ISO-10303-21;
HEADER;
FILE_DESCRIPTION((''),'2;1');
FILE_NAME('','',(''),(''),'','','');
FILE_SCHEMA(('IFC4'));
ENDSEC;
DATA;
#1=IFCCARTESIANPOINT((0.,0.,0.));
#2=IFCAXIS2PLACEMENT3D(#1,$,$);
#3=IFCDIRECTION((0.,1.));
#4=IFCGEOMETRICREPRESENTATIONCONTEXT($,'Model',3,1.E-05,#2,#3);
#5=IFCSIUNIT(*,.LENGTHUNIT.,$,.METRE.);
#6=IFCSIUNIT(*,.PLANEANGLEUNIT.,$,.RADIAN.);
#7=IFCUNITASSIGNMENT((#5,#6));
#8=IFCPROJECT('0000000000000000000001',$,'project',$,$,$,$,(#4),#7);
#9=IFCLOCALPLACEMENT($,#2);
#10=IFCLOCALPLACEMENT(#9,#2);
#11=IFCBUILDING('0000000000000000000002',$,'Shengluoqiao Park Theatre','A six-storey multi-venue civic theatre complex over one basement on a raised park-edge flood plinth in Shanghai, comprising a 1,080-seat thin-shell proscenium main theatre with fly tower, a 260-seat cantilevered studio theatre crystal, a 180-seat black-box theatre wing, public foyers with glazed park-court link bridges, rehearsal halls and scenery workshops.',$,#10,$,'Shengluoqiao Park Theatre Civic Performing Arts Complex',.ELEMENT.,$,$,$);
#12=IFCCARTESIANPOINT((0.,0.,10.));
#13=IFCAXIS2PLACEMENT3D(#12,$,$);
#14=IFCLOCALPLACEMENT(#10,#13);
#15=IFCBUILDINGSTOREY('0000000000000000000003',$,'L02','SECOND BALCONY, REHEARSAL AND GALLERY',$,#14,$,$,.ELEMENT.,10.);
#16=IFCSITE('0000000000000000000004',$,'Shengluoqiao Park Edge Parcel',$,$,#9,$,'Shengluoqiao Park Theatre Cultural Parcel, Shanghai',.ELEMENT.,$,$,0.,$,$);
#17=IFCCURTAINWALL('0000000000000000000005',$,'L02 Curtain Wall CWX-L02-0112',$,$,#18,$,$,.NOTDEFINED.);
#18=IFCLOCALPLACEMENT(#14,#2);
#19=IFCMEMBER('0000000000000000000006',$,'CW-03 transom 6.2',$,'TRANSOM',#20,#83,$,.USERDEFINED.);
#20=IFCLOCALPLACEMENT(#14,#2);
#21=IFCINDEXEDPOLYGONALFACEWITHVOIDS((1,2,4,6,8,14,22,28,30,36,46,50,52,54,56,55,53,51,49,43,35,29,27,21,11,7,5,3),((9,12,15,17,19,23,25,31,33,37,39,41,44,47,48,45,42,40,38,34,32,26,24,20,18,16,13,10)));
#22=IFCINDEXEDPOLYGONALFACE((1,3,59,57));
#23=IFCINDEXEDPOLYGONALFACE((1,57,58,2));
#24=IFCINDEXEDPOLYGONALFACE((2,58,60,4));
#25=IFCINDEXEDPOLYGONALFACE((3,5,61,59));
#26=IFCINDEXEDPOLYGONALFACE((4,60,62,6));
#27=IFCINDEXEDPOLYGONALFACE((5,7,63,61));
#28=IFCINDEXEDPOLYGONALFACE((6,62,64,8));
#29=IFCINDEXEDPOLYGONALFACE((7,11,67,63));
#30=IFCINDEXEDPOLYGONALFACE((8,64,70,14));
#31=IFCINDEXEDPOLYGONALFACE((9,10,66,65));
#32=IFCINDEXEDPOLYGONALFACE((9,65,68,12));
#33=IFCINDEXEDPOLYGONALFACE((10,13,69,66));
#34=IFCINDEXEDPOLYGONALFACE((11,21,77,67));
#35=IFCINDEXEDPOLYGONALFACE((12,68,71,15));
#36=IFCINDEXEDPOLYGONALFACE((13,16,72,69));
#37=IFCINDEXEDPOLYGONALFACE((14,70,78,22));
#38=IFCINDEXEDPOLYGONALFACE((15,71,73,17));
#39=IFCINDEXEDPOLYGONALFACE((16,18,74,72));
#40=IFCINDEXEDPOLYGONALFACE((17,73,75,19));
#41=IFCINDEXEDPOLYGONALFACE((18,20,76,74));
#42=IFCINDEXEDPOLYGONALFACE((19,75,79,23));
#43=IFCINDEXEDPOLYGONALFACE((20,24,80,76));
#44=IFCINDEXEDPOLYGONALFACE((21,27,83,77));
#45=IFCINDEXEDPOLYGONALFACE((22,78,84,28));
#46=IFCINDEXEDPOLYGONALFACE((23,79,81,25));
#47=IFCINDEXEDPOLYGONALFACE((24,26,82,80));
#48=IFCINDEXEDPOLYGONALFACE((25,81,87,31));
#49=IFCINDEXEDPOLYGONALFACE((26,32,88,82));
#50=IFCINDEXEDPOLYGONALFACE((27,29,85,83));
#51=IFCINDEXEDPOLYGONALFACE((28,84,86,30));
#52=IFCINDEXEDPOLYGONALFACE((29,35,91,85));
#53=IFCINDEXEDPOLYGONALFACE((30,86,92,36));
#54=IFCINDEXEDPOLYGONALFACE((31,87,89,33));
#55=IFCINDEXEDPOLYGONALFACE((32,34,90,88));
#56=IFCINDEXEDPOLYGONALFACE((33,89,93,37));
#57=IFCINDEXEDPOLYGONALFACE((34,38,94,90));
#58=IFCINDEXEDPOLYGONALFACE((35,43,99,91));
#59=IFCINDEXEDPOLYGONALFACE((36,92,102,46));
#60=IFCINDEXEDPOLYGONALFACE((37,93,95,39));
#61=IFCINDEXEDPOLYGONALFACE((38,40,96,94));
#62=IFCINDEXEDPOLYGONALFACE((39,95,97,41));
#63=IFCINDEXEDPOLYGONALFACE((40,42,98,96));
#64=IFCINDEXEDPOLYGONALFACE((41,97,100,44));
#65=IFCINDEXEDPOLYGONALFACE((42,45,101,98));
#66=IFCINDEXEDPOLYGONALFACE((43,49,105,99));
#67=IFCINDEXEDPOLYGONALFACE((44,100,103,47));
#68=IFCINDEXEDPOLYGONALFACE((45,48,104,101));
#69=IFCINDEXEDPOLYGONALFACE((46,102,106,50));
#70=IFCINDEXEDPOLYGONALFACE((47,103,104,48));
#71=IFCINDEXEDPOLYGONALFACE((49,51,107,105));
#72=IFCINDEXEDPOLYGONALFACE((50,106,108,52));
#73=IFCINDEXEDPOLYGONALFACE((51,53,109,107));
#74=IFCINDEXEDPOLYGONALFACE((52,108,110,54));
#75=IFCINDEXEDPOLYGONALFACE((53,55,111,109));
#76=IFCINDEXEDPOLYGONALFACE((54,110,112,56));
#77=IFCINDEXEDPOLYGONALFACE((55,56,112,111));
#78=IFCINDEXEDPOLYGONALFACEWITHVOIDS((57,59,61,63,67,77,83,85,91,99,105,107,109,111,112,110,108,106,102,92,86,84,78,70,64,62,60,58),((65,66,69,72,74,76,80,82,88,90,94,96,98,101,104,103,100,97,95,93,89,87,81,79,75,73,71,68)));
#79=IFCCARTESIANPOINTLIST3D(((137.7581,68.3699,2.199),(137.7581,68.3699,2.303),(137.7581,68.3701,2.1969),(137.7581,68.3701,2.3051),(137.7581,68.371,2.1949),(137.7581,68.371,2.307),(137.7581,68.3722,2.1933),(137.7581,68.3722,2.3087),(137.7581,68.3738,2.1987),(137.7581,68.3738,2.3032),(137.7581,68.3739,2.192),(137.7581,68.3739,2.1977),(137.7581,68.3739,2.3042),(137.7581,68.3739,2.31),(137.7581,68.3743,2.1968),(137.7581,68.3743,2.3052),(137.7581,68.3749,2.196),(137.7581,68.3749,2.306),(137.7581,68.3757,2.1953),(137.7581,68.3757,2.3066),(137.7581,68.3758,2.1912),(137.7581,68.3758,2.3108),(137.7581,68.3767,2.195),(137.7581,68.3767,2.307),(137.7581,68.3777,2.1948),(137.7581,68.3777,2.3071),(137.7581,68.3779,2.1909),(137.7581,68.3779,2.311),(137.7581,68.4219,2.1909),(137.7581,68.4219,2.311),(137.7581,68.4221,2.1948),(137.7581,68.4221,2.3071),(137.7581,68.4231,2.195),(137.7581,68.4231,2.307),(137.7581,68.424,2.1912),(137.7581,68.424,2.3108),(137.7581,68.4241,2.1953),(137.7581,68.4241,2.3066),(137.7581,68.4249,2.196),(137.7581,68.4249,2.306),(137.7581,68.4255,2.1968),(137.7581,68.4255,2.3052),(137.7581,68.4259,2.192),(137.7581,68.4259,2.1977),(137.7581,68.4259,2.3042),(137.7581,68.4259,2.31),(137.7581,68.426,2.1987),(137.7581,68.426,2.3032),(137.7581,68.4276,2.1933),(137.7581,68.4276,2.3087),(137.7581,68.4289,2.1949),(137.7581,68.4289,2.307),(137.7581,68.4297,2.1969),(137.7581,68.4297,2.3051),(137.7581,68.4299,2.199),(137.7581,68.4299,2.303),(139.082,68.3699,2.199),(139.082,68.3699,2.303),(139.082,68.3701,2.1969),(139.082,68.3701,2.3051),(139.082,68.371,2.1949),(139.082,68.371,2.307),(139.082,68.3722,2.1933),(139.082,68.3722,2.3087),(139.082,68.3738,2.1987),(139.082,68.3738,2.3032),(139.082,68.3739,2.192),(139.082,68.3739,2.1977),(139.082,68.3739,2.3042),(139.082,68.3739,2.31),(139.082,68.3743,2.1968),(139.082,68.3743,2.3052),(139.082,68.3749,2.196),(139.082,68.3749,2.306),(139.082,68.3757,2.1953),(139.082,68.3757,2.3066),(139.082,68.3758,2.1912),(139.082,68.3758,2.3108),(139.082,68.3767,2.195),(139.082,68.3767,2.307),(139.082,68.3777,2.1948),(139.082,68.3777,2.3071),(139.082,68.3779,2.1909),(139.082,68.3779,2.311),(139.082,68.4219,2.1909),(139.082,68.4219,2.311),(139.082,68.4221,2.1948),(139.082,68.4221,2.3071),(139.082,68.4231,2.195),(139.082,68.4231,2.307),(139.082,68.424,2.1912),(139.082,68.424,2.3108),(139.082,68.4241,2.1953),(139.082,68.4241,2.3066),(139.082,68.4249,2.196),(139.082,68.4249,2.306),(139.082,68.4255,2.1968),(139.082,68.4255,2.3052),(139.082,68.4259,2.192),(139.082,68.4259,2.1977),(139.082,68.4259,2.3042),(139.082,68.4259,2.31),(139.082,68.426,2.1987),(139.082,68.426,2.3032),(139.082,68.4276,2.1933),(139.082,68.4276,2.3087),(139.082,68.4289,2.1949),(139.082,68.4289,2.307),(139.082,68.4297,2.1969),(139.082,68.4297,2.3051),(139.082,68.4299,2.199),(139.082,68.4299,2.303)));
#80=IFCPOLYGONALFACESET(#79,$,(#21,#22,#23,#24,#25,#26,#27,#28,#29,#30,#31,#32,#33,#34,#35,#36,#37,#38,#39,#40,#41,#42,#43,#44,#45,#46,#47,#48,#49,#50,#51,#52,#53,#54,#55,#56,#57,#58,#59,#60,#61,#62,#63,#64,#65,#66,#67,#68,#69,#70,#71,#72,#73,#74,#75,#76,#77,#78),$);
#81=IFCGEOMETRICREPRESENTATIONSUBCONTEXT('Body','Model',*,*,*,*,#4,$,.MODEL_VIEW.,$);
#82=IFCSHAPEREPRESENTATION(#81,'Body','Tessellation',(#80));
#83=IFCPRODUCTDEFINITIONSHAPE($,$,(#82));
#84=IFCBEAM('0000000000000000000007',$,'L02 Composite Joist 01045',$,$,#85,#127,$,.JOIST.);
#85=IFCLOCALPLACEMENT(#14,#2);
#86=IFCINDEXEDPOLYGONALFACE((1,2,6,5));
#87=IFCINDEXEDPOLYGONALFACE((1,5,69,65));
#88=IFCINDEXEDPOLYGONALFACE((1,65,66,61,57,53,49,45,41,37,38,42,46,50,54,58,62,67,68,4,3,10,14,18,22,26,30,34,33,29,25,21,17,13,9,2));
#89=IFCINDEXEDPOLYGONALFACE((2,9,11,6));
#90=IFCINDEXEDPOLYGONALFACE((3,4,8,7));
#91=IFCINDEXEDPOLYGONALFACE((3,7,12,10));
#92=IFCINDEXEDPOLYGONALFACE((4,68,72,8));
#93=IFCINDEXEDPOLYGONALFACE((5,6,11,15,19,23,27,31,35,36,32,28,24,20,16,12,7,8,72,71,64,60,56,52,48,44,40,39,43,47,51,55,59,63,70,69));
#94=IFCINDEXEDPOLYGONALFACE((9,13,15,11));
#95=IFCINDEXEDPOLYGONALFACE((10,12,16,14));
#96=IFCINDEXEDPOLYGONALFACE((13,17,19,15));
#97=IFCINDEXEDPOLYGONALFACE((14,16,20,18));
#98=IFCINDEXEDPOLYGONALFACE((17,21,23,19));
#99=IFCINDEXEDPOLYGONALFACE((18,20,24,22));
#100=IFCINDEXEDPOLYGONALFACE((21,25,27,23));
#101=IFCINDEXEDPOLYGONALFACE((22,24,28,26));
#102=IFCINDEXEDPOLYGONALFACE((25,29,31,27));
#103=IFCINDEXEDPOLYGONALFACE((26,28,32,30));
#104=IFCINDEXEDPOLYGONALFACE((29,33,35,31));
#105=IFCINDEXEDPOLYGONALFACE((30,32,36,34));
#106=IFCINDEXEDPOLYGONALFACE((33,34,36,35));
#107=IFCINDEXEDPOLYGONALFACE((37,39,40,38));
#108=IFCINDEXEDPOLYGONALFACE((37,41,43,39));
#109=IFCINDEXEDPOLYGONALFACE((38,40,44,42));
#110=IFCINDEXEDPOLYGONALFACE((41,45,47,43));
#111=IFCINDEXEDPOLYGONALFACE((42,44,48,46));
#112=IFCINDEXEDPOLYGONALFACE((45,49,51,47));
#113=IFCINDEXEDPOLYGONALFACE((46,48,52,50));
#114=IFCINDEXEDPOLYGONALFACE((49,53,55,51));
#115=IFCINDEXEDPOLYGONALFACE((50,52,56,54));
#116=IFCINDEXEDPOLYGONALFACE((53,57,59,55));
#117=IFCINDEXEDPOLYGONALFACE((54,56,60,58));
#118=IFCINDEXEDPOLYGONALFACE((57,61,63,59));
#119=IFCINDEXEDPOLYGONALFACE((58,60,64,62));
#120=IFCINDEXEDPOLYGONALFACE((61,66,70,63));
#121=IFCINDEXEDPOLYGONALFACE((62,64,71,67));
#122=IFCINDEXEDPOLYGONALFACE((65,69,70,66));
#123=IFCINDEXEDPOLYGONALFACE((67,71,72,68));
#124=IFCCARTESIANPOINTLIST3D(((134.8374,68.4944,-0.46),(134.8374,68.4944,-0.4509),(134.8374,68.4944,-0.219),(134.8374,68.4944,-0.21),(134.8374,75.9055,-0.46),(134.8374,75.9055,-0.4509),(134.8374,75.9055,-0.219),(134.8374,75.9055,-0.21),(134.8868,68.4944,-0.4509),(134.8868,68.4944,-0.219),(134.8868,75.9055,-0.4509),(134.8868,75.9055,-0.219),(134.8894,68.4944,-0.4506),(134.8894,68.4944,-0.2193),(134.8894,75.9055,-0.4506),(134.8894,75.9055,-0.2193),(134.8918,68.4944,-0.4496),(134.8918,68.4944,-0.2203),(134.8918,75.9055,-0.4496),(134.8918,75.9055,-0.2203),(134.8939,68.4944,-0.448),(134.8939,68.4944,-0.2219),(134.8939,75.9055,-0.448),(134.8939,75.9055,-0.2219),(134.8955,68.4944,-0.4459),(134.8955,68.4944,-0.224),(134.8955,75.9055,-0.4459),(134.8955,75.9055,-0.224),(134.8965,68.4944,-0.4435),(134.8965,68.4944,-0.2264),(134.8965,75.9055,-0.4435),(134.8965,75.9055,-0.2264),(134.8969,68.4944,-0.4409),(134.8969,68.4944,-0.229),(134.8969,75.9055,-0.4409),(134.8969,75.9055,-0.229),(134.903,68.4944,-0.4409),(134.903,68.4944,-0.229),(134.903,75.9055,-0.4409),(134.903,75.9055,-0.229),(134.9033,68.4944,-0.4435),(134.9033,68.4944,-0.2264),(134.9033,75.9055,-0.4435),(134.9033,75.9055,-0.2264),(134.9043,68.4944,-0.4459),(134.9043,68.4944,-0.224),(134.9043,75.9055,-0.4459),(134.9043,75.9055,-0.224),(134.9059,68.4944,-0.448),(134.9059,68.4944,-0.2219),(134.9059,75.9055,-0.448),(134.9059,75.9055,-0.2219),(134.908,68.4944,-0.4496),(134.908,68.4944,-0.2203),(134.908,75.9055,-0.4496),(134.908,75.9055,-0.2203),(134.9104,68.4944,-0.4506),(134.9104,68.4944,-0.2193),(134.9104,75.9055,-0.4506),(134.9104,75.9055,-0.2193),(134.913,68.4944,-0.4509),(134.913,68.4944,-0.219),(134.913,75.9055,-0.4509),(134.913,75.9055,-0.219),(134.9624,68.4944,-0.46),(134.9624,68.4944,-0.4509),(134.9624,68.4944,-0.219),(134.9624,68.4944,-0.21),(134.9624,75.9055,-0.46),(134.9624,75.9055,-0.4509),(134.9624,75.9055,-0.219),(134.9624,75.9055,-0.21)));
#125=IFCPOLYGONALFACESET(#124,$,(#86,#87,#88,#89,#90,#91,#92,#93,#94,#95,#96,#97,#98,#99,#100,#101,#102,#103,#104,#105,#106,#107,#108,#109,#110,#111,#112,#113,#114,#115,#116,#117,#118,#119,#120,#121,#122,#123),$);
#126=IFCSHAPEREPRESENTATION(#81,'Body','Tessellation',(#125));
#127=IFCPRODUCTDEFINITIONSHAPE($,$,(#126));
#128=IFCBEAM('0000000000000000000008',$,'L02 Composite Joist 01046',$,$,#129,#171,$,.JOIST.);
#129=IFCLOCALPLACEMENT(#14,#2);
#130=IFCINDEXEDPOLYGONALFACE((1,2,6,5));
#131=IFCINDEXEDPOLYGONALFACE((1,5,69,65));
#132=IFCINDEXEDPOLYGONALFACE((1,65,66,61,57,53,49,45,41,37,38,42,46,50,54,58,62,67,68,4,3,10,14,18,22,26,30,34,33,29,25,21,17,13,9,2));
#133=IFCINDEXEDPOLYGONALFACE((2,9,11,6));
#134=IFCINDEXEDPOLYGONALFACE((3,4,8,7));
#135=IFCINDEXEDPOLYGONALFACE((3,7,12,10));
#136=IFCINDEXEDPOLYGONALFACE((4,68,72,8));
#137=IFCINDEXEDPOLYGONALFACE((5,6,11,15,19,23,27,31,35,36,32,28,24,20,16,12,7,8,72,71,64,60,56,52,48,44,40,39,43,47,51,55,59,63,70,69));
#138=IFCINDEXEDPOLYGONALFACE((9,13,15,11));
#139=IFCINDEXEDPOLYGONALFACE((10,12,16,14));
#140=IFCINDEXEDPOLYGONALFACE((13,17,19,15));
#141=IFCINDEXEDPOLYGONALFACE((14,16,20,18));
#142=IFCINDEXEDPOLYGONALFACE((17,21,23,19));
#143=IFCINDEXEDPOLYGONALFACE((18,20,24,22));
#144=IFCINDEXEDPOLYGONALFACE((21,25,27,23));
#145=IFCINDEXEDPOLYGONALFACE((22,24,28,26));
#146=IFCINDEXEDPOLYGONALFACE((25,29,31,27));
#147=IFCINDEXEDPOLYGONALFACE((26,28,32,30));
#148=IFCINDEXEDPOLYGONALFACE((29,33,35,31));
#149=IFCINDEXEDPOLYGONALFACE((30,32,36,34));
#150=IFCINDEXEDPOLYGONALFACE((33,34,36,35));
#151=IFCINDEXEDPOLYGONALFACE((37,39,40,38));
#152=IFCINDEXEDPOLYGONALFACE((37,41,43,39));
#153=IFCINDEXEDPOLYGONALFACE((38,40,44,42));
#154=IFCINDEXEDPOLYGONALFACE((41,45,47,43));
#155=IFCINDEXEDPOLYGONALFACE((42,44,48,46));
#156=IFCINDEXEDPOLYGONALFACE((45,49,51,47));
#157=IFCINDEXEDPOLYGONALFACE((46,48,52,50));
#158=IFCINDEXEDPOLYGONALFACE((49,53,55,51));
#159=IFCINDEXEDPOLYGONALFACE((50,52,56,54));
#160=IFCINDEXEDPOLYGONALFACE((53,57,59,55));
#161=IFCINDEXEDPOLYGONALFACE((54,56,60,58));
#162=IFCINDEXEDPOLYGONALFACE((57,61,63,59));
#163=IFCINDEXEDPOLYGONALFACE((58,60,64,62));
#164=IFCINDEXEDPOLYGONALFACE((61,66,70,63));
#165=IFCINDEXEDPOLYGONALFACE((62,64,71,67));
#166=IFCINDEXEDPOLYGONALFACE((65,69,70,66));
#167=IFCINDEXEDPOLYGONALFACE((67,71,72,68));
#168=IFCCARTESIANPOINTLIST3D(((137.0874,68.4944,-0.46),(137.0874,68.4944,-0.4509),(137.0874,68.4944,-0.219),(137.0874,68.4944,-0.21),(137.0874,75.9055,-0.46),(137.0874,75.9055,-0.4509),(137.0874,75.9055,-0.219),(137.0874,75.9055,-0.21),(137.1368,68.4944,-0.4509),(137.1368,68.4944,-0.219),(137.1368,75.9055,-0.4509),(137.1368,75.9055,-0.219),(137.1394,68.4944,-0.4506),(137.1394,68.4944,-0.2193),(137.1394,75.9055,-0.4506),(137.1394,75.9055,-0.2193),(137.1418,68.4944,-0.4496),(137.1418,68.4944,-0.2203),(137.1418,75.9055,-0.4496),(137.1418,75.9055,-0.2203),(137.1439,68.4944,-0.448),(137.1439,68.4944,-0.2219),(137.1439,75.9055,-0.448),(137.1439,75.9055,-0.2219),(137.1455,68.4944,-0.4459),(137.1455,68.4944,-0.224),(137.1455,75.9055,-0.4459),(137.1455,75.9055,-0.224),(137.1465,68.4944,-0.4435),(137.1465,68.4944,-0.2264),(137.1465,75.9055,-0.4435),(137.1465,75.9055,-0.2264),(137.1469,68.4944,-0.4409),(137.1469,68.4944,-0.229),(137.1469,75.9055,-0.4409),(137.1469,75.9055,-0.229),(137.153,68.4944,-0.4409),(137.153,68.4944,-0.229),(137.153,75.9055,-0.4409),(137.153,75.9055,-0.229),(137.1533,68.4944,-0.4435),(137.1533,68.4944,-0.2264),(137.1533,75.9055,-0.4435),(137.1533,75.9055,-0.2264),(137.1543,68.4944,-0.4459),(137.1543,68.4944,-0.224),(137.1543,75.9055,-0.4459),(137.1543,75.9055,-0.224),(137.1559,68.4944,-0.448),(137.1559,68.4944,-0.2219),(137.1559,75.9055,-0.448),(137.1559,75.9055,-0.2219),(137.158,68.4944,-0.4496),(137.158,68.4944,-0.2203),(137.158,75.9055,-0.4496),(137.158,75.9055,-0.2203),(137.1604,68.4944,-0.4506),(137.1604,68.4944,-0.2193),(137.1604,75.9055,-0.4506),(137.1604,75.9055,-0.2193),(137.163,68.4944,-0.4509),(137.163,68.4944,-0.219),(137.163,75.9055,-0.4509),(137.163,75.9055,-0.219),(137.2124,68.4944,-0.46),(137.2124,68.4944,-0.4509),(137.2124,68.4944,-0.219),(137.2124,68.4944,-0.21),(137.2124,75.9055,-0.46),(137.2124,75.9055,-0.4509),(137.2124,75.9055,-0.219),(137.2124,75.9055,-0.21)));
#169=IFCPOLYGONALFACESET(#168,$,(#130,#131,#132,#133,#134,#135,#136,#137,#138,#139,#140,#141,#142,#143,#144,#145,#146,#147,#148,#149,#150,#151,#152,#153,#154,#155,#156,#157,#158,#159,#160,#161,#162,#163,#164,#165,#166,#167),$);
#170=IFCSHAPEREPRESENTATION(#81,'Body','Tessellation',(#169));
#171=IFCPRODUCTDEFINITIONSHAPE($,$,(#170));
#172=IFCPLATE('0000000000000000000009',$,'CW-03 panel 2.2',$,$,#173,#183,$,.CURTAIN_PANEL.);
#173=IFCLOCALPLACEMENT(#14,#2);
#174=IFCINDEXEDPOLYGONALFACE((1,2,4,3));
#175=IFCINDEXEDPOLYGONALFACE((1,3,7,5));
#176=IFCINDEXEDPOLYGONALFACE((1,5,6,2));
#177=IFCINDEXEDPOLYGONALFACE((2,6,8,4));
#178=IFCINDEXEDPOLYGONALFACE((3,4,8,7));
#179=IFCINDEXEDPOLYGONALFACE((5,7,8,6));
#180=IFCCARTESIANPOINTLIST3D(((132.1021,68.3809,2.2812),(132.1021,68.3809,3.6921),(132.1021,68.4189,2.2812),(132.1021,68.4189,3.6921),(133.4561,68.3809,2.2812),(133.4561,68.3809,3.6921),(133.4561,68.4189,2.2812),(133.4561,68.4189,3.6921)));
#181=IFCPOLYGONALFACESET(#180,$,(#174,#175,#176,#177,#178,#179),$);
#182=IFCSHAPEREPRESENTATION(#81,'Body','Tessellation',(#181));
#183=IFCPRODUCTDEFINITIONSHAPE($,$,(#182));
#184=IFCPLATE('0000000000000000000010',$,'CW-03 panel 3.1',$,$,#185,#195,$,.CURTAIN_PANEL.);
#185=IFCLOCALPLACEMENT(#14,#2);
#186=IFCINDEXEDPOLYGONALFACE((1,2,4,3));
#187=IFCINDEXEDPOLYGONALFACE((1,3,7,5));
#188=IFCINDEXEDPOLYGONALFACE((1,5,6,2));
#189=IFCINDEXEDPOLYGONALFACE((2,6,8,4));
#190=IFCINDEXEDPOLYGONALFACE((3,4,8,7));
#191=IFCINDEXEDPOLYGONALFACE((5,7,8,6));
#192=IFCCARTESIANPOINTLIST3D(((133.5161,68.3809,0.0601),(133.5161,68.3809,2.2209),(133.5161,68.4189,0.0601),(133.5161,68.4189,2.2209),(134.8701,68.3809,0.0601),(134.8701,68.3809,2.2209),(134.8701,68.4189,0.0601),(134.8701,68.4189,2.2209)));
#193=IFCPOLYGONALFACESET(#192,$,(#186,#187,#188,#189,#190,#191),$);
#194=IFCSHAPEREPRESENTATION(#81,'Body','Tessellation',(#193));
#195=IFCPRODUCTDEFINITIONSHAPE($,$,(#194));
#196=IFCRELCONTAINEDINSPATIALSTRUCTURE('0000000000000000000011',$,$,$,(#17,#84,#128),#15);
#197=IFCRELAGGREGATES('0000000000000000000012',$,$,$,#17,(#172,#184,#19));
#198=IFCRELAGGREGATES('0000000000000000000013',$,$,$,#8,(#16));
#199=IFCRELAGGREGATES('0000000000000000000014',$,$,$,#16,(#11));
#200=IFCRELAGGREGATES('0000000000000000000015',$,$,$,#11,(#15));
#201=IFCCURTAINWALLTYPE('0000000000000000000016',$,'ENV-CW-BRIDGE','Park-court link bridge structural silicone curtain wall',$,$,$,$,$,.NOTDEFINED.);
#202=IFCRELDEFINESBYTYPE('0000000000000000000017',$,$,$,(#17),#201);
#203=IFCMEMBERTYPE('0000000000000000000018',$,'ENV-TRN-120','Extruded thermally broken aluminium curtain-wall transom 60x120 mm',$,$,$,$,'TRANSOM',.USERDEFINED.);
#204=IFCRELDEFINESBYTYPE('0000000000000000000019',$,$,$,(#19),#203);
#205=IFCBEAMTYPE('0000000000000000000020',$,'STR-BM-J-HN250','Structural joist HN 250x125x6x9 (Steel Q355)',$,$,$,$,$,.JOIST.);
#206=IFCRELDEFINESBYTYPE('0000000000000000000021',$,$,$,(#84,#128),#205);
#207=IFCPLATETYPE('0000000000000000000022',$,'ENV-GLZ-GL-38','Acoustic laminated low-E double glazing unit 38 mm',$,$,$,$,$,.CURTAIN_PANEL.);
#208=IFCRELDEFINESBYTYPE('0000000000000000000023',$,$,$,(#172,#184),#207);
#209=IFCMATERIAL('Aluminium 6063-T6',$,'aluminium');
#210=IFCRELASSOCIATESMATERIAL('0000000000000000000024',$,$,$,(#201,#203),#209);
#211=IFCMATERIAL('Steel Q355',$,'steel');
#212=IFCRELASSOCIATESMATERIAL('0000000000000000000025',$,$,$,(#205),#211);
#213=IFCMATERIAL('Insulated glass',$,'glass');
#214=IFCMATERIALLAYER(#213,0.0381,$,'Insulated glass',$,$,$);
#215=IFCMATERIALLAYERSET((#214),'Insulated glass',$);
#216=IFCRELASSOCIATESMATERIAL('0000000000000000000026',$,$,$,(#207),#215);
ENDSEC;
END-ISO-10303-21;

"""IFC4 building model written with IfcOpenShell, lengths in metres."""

from ifc_helpers import new_model, si_unit, direction, frame, origin, origin_2d, place, context, subcontext, project, spatial, rectangle, hollow_rectangle, i_section, extrude, material, layer, layer_set, material_profile, profile_set, type_object, element, aggregate, save


model = new_model("IFC4")

# Units and contexts
model_context = context("Model", 3, precision=1e-05, world=origin(), true_north=direction((0.0, 1.0)))
body_context = subcontext(model_context, "Body", "Model", "MODEL_VIEW")
ifc_project = project(units=[si_unit("LENGTHUNIT", "METRE"), si_unit("PLANEANGLEUNIT", "RADIAN")], contexts=[model_context])

# Site, building, storey
site_placement = place(None, origin())
site = spatial("IfcSite", under=ifc_project, at=site_placement, Name="Shengluoqiao Park Edge Parcel", LongName="Shengluoqiao Park Theatre Cultural Parcel, Shanghai", CompositionType="ELEMENT", RefElevation=0.0)
building_placement = place(site_placement, origin())
building = spatial("IfcBuilding", under=site, at=building_placement, Name="Shengluoqiao Park Theatre", Description="A six-storey multi-venue civic theatre complex over one basement on a raised park-edge flood plinth in Shanghai, comprising a 1,080-seat thin-shell proscenium main theatre with fly tower, a 260-seat cantilevered studio theatre crystal, a 180-seat black-box theatre wing, public foyers with glazed park-court link bridges, rehearsal halls and scenery workshops.", LongName="Shengluoqiao Park Theatre Civic Performing Arts Complex", CompositionType="ELEMENT")
storey_placement = place(building_placement, frame((0.0, 0.0, 10.0)))
storey = spatial("IfcBuildingStorey", under=building, at=storey_placement, Name="L02", Description="SECOND BALCONY, REHEARSAL AND GALLERY", CompositionType="ELEMENT", Elevation=10.0)

# Curtain wall, member
ifc_material_1 = material(Name="Aluminium 6063-T6", Category="aluminium")
curtain_wall_type = type_object("IfcCurtainWallType", Name="ENV-CW-BRIDGE", Description="Park-court link bridge structural silicone curtain wall", PredefinedType="NOTDEFINED", material=ifc_material_1)
curtain_wall_placement = place(storey_placement, origin())
curtain_wall = element("IfcCurtainWall", 1, at=curtain_wall_placement, inside=storey, type_object=curtain_wall_type, Name="L02 Curtain Wall CWX-L02-0112", PredefinedType="NOTDEFINED")
ifc_material_profile_1 = material_profile(ifc_material_1, hollow_rectangle(XDim=0.0601, YDim=0.1201, WallThickness=0.0039, InnerFilletRadius=0.0039, OuterFilletRadius=0.0081, at=origin_2d()), Name="ALU TRANSOM 120x60x4")
ifc_profile_set_1 = profile_set([ifc_material_profile_1], Name="Aluminium 6063-T6")
member_type_1 = type_object("IfcMemberType", Name="ENV-TRN-120", Description="Extruded thermally broken aluminium curtain-wall transom 60x120 mm", ElementType="TRANSOM", PredefinedType="USERDEFINED", material=ifc_profile_set_1)
member_1_placement = place(storey_placement, frame((137.7581, 68.3999, 2.251), z_axis=(1.0, 0.0, 0.0), x_axis=(0.0, 1.0, 0.0)))
member_1 = element("IfcMember", 2, at=member_1_placement, type_object=member_type_1, Name="CW-03 transom 6.2", ObjectType="TRANSOM", PredefinedType="USERDEFINED", context=body_context, shape_type="SweptSolid", body=[
    extrude(hollow_rectangle(XDim=0.0601, YDim=0.1201, WallThickness=0.0039, InnerFilletRadius=0.0039, OuterFilletRadius=0.0081, at=origin_2d()), origin(), (0.0, 0.0, 1.0), 1.324),
])

# Beams
ifc_material_2 = material(Name="Steel Q355", Category="steel")
ifc_material_profile_2 = material_profile(ifc_material_2, i_section(OverallWidth=0.125, OverallDepth=0.25, WebThickness=0.0061, FlangeThickness=0.009, FilletRadius=0.01, at=origin_2d()), Name="HN 250x125x6x9")
ifc_profile_set_2 = profile_set([ifc_material_profile_2], Name="Steel Q355")
beam_type = type_object("IfcBeamType", Name="STR-BM-J-HN250", Description="Structural joist HN 250x125x6x9 (Steel Q355)", PredefinedType="JOIST", material=ifc_profile_set_2)
for number, where, z_axis, x_axis, name in (
    (3, (134.8999, 68.4944, -0.335), (0.0, 1.0, 0.0), (-1.0, 0.0, 0.0), "L02 Composite Joist 01045"),
    (4, (137.1499, 68.4944, -0.335), (0.0, 1.0, 0.0), (-1.0, 0.0, 0.0), "L02 Composite Joist 01046"),
):
    element("IfcBeam", number, at=place(storey_placement, frame(where, z_axis=z_axis, x_axis=x_axis)), inside=storey, type_object=beam_type, Name=name, PredefinedType="JOIST", context=body_context, shape_type="SweptSolid", body=[
        extrude(i_section(OverallWidth=0.125, OverallDepth=0.25, WebThickness=0.0061, FlangeThickness=0.009, FilletRadius=0.01, at=origin_2d()), origin(), (0.0, 0.0, 1.0), 7.4111),
    ])

# Plates
ifc_material_3 = material(Name="Insulated glass", Category="glass")
ifc_layer = layer(ifc_material_3, 0.0381, Name="Insulated glass")
ifc_layer_set = layer_set([ifc_layer], Name="Insulated glass")
plate_type = type_object("IfcPlateType", Name="ENV-GLZ-GL-38", Description="Acoustic laminated low-E double glazing unit 38 mm", PredefinedType="CURTAIN_PANEL", material=ifc_layer_set)
plate_1_placement = place(storey_placement, frame((132.7791, 68.3999, 2.2812), z_axis=(0.0, 0.0, 1.0), x_axis=(1.0, 0.0, 0.0)))
plate_1 = element("IfcPlate", 5, at=plate_1_placement, type_object=plate_type, Name="CW-03 panel 2.2", PredefinedType="CURTAIN_PANEL", context=body_context, shape_type="SweptSolid", body=[
    extrude(rectangle(XDim=1.354, YDim=0.0381, at=origin_2d()), origin(), (0.0, 0.0, 1.0), 1.4109),
])
plate_2_placement = place(storey_placement, frame((134.1931, 68.3999, 0.0601), z_axis=(0.0, 0.0, 1.0), x_axis=(1.0, 0.0, 0.0)))
plate_2 = element("IfcPlate", 6, at=plate_2_placement, type_object=plate_type, Name="CW-03 panel 3.1", PredefinedType="CURTAIN_PANEL", context=body_context, shape_type="SweptSolid", body=[
    extrude(rectangle(XDim=1.354, YDim=0.0381, at=origin_2d()), origin(), (0.0, 0.0, 1.0), 2.1609),
])
aggregate(curtain_wall, [plate_1, plate_2, member_1])

save(model, "model.ifc")
